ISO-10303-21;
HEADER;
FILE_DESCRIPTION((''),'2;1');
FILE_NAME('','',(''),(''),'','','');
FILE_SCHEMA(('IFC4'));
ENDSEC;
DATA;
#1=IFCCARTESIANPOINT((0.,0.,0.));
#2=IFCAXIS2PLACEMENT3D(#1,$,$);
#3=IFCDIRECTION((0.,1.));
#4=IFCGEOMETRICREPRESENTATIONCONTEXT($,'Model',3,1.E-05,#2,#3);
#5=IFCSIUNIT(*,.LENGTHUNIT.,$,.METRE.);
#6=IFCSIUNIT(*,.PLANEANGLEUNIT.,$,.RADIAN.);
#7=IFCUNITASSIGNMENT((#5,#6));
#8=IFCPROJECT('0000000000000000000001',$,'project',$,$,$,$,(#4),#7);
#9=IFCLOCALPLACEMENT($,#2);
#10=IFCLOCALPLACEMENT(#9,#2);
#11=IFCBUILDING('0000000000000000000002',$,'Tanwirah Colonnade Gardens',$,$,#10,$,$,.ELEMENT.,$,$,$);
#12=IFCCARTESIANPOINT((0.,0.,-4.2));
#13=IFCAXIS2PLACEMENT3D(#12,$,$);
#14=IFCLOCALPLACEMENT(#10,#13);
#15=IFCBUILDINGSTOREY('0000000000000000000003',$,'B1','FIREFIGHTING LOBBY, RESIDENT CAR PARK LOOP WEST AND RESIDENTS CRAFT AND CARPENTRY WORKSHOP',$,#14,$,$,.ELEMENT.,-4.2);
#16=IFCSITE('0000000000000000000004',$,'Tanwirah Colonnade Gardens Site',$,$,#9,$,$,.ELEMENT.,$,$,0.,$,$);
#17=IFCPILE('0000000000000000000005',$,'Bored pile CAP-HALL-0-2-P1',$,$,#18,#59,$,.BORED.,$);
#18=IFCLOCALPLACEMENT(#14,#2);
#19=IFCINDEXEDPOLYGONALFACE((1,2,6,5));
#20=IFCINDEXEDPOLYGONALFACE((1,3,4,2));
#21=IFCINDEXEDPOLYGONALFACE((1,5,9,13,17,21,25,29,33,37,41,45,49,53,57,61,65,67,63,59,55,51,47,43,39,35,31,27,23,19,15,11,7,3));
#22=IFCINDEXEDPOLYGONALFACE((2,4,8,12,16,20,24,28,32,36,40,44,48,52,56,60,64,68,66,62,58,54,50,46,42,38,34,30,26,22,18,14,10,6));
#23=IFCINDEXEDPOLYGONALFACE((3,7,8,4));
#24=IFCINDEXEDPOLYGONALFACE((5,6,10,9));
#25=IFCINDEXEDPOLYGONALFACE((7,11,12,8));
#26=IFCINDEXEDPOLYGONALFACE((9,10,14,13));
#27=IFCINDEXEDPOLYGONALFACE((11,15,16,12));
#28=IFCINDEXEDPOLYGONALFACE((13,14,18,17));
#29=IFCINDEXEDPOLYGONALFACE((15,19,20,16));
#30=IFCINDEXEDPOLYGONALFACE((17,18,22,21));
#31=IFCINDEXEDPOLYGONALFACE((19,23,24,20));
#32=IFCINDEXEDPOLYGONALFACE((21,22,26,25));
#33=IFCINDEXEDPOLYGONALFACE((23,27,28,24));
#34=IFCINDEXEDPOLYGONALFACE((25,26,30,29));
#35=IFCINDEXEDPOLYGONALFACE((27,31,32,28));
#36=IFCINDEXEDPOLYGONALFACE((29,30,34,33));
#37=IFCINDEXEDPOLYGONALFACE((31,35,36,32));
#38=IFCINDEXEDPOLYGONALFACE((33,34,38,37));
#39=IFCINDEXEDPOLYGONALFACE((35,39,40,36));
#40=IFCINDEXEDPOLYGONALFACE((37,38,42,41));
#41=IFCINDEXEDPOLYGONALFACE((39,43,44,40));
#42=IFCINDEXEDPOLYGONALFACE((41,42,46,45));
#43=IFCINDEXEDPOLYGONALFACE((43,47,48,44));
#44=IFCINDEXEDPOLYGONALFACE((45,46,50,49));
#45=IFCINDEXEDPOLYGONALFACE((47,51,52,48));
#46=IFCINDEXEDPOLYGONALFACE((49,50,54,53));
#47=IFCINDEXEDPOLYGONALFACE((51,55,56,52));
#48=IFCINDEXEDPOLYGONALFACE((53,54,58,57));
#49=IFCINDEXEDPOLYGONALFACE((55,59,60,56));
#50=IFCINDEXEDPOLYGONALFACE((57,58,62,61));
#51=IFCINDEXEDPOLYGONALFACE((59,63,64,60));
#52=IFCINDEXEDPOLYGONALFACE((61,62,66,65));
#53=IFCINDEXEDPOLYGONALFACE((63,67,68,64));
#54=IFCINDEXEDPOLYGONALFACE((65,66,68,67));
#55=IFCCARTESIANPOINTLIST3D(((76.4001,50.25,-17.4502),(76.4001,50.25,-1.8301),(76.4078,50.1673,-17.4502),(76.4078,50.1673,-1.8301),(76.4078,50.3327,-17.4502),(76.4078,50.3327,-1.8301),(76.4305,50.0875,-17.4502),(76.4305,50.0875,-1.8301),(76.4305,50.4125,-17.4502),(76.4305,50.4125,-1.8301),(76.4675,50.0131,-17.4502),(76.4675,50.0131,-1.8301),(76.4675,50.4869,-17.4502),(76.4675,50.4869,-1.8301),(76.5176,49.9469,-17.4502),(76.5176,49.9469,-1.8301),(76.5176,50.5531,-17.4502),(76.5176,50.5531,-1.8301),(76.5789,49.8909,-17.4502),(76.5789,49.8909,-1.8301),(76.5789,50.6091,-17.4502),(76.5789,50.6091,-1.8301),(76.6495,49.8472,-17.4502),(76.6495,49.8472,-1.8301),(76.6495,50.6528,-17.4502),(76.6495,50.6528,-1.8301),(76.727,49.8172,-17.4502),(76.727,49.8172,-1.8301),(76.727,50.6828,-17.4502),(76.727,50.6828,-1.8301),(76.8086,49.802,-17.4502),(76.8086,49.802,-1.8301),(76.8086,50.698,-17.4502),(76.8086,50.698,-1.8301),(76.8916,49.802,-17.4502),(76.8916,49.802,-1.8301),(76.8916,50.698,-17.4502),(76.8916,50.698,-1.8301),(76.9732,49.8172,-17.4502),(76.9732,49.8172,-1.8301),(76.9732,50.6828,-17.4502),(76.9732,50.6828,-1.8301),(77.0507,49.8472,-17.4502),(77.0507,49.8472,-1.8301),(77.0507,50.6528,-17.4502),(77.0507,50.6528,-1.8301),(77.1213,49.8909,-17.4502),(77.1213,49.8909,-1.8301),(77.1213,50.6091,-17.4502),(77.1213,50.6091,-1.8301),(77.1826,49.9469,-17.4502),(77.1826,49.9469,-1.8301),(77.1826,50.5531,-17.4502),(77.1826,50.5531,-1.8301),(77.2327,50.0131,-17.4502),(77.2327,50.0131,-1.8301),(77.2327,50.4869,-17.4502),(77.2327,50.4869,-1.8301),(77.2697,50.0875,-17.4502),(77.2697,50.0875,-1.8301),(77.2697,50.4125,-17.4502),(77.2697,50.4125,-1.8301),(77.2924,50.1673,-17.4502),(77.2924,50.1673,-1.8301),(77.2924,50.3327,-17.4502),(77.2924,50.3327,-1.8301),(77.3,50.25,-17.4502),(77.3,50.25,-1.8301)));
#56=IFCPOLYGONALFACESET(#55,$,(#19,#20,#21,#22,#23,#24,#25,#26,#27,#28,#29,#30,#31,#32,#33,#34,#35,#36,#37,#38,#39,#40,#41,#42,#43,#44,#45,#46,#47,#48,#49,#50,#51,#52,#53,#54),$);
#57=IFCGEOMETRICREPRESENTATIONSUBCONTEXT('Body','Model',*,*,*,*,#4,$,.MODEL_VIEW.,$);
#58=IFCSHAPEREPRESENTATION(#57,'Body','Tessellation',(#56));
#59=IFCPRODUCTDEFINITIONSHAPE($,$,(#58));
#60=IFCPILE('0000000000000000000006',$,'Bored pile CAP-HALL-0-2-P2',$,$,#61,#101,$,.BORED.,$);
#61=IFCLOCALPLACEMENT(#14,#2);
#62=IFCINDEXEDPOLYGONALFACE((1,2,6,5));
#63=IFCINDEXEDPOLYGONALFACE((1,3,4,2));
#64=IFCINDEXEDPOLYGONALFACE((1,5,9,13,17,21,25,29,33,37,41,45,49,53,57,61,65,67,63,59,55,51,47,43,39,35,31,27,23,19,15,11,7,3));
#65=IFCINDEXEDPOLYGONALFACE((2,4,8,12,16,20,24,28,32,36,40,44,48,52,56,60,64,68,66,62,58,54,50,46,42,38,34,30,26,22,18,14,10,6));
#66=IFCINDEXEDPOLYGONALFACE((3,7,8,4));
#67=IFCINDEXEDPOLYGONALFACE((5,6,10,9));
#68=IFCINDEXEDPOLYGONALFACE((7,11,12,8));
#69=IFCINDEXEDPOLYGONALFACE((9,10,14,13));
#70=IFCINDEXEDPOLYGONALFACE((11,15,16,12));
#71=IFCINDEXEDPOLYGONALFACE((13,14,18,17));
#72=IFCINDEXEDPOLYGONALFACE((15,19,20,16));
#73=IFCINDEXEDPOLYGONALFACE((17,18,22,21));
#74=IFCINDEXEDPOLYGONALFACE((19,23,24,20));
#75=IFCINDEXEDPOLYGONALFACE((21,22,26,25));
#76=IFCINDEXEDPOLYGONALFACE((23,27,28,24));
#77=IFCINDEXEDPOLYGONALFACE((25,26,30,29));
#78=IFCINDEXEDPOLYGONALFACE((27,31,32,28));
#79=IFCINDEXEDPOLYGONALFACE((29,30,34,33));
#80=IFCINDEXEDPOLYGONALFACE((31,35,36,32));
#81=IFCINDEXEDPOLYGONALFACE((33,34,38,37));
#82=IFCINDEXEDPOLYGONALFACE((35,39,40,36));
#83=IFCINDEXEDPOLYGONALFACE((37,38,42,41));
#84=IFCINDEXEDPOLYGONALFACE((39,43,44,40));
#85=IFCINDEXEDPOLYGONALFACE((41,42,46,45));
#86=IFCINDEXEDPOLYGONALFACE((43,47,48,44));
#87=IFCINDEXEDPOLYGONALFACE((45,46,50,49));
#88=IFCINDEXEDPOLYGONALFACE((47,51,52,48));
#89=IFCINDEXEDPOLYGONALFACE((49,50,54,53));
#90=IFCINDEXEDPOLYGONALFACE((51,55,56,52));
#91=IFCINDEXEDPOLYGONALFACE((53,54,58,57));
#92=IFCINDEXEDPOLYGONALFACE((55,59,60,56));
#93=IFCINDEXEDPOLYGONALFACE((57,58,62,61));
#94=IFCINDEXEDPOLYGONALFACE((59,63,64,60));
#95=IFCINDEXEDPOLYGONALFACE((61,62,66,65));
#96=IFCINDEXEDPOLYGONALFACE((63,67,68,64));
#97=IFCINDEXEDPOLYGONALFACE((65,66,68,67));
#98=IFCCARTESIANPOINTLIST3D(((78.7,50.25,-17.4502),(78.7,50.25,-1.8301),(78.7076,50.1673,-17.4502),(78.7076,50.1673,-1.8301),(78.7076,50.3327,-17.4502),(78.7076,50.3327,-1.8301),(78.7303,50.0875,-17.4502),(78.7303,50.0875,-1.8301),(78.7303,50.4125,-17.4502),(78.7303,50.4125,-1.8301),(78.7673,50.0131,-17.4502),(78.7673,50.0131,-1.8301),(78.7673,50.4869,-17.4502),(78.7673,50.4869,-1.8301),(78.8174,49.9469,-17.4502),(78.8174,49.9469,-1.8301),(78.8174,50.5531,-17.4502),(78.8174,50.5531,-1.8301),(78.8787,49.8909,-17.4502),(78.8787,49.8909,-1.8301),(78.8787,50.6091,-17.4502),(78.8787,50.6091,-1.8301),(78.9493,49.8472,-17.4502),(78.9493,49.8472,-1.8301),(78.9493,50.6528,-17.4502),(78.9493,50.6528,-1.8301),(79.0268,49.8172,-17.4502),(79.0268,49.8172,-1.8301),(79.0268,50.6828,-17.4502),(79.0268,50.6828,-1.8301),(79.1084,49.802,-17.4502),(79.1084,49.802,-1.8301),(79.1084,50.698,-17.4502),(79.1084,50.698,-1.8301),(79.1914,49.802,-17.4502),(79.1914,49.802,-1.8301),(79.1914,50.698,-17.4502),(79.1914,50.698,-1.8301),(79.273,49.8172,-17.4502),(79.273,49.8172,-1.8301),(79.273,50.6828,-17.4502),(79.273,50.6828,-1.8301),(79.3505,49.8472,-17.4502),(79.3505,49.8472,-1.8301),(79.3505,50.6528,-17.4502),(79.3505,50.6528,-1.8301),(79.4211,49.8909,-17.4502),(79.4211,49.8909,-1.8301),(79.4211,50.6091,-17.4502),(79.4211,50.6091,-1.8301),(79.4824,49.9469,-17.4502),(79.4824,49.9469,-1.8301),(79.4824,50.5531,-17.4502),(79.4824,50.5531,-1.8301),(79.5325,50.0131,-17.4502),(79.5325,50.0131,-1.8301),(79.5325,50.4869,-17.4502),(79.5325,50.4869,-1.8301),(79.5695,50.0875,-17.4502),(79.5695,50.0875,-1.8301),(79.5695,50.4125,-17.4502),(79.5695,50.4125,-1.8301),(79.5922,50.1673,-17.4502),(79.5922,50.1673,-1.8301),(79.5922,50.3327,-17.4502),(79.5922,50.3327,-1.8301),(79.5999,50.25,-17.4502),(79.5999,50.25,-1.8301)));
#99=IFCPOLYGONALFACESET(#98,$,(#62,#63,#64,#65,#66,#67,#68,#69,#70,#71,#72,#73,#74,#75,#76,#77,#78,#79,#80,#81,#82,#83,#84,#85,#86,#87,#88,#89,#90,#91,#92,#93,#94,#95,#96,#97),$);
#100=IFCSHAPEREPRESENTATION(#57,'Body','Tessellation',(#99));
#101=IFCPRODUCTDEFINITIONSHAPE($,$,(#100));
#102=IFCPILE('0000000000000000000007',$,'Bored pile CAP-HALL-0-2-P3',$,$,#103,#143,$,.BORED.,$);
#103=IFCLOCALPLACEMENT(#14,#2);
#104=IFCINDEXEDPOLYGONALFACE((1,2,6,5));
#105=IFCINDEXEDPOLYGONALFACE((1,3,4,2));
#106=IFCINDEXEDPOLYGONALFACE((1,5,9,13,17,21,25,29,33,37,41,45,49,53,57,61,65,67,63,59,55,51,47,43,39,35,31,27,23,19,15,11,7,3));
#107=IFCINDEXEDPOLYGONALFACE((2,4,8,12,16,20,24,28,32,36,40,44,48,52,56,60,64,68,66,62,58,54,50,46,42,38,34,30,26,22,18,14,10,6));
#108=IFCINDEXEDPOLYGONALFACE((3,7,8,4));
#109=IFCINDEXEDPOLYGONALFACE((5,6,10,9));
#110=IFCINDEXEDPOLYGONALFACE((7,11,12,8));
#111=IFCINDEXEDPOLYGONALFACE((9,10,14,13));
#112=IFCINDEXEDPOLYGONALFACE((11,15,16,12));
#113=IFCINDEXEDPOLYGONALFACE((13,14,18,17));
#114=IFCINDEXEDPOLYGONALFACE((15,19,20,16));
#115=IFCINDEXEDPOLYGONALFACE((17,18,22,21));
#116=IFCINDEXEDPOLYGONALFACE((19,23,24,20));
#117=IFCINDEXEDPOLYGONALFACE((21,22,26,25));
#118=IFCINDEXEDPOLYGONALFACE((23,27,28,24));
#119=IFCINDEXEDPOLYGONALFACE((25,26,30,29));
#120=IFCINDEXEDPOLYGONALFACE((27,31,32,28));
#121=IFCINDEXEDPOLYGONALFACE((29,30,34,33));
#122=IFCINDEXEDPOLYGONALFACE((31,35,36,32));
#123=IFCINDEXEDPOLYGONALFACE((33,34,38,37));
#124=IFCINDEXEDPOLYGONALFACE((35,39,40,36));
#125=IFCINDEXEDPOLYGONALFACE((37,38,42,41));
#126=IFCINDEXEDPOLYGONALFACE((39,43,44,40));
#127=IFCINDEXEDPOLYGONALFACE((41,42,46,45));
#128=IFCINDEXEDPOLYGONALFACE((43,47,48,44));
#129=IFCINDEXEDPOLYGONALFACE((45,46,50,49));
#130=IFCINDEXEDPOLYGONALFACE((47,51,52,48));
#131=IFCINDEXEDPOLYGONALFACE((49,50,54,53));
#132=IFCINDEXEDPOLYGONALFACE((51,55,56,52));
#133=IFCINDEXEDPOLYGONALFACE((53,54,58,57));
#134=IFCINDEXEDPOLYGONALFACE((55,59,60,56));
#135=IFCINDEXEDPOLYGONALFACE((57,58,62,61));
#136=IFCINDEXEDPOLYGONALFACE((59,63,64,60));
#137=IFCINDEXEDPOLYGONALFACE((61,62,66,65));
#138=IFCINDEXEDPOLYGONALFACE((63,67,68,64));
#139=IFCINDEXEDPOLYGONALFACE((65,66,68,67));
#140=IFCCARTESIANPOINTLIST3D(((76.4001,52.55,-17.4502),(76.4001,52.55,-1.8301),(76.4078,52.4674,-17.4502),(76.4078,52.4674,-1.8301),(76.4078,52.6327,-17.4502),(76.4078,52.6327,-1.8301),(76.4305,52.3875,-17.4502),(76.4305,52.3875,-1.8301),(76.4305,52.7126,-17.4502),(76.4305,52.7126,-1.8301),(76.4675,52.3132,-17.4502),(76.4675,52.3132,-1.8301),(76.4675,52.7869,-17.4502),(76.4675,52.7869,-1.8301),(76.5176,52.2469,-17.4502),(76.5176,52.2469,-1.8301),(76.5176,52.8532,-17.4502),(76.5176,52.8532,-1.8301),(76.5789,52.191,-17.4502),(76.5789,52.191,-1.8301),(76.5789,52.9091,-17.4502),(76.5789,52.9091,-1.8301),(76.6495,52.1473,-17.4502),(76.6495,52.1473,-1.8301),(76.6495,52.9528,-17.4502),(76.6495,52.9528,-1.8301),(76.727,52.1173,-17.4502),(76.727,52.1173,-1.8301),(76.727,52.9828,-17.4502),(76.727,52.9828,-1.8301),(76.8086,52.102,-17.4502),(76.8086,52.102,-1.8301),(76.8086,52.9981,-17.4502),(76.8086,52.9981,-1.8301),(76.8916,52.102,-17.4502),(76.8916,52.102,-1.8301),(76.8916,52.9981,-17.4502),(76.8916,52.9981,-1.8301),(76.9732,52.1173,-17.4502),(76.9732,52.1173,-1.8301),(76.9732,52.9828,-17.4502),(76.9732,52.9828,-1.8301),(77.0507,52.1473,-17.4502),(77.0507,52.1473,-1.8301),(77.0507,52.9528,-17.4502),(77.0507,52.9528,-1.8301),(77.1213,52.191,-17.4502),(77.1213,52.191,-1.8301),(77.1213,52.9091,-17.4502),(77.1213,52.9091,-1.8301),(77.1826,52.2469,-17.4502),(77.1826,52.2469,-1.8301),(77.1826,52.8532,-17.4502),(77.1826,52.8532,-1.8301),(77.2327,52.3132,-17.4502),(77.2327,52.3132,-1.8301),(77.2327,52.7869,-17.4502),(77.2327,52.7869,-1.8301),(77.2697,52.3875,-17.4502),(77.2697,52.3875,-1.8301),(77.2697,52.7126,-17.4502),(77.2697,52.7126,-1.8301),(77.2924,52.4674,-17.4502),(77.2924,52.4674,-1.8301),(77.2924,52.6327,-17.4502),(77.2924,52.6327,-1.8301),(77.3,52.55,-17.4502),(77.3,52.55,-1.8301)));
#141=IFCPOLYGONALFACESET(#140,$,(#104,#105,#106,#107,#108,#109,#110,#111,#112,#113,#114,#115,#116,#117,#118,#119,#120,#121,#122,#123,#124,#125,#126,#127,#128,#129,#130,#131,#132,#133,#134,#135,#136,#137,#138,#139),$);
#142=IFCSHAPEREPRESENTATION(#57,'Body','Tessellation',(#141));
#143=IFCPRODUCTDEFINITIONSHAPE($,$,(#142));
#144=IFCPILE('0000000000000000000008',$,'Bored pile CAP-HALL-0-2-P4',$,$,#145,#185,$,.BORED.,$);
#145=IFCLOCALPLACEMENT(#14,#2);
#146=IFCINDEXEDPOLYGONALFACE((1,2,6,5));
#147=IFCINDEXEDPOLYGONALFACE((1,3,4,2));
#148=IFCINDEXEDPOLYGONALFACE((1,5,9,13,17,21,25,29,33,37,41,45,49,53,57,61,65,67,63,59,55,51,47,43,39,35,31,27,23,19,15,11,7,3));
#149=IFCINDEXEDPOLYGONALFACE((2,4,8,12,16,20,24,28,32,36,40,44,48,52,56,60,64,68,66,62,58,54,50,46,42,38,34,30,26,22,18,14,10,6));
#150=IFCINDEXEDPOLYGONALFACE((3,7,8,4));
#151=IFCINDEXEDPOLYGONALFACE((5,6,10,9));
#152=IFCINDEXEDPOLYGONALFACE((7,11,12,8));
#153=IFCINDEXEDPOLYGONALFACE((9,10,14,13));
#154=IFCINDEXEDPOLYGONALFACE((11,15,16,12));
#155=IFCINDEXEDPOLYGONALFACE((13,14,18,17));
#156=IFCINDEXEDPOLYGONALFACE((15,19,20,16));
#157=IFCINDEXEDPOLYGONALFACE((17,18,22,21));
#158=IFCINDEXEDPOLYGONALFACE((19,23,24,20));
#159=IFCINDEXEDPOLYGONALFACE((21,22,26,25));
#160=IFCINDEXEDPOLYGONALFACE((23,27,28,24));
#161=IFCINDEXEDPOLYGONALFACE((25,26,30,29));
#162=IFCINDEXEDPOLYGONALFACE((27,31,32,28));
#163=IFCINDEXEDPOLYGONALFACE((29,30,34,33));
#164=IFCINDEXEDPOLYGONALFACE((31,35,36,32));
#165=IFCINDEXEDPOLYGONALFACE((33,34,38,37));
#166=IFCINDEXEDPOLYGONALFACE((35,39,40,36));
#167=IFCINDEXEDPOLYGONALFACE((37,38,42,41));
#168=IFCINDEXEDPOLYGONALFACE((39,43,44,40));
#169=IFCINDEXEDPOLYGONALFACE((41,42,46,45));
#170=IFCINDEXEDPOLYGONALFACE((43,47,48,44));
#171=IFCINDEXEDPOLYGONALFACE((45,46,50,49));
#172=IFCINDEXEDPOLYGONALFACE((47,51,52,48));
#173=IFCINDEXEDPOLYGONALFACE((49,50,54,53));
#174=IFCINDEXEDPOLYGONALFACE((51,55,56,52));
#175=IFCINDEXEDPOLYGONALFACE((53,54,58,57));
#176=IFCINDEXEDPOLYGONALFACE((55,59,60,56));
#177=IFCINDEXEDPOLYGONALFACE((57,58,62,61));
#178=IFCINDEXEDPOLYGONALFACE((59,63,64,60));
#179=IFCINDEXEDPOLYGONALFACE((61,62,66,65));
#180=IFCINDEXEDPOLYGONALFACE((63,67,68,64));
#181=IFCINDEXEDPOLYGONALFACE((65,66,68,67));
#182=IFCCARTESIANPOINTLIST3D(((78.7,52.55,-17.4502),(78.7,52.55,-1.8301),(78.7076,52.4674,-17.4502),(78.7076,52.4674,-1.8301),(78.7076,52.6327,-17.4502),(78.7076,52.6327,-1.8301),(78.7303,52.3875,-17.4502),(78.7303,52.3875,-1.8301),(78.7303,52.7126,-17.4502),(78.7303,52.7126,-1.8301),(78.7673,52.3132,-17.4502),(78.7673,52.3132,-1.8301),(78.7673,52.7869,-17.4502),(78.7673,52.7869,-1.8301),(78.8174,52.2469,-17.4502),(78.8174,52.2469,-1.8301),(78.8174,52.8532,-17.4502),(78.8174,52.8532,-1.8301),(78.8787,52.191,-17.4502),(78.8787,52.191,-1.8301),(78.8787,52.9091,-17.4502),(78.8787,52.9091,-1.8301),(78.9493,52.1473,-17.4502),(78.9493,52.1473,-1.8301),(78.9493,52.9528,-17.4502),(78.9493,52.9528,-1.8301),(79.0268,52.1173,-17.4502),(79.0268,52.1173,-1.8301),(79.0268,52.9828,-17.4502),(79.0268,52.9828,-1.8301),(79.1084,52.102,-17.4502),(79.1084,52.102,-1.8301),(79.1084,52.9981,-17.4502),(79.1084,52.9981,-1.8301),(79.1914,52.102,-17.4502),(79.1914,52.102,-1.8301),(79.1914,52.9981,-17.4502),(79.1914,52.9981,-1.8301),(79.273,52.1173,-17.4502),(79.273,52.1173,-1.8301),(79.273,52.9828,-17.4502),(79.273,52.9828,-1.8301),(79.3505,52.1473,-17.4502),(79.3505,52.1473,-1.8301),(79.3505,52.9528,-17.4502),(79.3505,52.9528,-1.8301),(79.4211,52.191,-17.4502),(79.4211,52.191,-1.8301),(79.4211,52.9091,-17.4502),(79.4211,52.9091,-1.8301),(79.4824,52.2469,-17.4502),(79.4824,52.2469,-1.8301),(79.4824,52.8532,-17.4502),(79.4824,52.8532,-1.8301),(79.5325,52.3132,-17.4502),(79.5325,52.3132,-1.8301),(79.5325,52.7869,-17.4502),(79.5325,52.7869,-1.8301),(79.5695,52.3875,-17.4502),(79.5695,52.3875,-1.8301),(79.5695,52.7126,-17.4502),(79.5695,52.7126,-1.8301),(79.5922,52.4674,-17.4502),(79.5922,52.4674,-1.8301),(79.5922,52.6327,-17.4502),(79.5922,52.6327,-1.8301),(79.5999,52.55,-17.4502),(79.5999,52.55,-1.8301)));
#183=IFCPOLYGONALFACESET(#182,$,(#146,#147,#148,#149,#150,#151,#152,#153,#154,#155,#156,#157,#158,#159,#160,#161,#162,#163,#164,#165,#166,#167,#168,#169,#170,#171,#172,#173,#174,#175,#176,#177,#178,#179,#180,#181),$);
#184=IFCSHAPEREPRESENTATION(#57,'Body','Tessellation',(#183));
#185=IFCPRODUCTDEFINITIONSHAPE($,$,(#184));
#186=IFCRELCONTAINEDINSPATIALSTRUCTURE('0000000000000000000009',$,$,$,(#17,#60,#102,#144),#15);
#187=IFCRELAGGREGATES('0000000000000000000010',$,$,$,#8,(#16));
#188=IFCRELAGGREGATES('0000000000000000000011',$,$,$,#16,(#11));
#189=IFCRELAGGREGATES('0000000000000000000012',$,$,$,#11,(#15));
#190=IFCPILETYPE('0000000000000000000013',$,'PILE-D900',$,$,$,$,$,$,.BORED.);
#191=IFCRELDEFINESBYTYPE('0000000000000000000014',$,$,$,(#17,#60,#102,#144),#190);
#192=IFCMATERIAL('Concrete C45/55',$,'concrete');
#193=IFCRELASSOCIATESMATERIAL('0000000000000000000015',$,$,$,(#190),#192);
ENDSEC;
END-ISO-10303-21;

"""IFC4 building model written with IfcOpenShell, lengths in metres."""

from ifc_helpers import new_model, si_unit, direction, frame, origin, origin_2d, place, context, subcontext, project, spatial, circle, extrude, material, material_profile, profile_set, type_object, element, save


model = new_model("IFC4")

# Units and contexts
model_context = context("Model", 3, precision=1e-05, world=origin(), true_north=direction((0.0, 1.0)))
body_context = subcontext(model_context, "Body", "Model", "MODEL_VIEW")
ifc_project = project(units=[si_unit("LENGTHUNIT", "METRE"), si_unit("PLANEANGLEUNIT", "RADIAN")], contexts=[model_context])

# Site, building, storey
site_placement = place(None, origin())
site = spatial("IfcSite", under=ifc_project, at=site_placement, Name="Tanwirah Colonnade Gardens Site", CompositionType="ELEMENT", RefElevation=0.0)
building_placement = place(site_placement, origin())
building = spatial("IfcBuilding", under=site, at=building_placement, Name="Tanwirah Colonnade Gardens", CompositionType="ELEMENT")
storey_placement = place(building_placement, frame((0.0, 0.0, -4.2)))
storey = spatial("IfcBuildingStorey", under=building, at=storey_placement, Name="B1", Description="FIREFIGHTING LOBBY, RESIDENT CAR PARK LOOP WEST AND RESIDENTS CRAFT AND CARPENTRY WORKSHOP", CompositionType="ELEMENT", Elevation=-4.2)

# Shared definitions
ifc_material = material(Name="Concrete C45/55", Category="concrete")

# Piles
ifc_material_profile_1 = material_profile(ifc_material, circle(Radius=0.45, at=origin_2d()), Name="PILE D900")
ifc_profile_set_1 = profile_set([ifc_material_profile_1], Name="Concrete C45/55")
pile_type_1 = type_object("IfcPileType", Name="PILE-D900", PredefinedType="BORED", material=ifc_profile_set_1)
for number, where, z_axis, x_axis, name in (
    (1, (76.8501, 50.25, -1.8301), (0.0, 0.0, -1.0), (1.0, 0.0, 0.0), "Bored pile CAP-HALL-0-2-P1"),
    (2, (79.1499, 50.25, -1.8301), (0.0, 0.0, -1.0), (1.0, 0.0, 0.0), "Bored pile CAP-HALL-0-2-P2"),
    (3, (76.8501, 52.55, -1.8301), (0.0, 0.0, -1.0), (1.0, 0.0, 0.0), "Bored pile CAP-HALL-0-2-P3"),
    (4, (79.1499, 52.55, -1.8301), (0.0, 0.0, -1.0), (1.0, 0.0, 0.0), "Bored pile CAP-HALL-0-2-P4"),
):
    element("IfcPile", number, at=place(storey_placement, frame(where, z_axis=z_axis, x_axis=x_axis)), inside=storey, type_object=pile_type_1, Name=name, PredefinedType="BORED", context=body_context, shape_type="SweptSolid", body=[
        extrude(circle(Radius=0.45, at=origin_2d()), origin(), (0.0, 0.0, 1.0), 15.6201),
    ])

save(model, "model.ifc")
